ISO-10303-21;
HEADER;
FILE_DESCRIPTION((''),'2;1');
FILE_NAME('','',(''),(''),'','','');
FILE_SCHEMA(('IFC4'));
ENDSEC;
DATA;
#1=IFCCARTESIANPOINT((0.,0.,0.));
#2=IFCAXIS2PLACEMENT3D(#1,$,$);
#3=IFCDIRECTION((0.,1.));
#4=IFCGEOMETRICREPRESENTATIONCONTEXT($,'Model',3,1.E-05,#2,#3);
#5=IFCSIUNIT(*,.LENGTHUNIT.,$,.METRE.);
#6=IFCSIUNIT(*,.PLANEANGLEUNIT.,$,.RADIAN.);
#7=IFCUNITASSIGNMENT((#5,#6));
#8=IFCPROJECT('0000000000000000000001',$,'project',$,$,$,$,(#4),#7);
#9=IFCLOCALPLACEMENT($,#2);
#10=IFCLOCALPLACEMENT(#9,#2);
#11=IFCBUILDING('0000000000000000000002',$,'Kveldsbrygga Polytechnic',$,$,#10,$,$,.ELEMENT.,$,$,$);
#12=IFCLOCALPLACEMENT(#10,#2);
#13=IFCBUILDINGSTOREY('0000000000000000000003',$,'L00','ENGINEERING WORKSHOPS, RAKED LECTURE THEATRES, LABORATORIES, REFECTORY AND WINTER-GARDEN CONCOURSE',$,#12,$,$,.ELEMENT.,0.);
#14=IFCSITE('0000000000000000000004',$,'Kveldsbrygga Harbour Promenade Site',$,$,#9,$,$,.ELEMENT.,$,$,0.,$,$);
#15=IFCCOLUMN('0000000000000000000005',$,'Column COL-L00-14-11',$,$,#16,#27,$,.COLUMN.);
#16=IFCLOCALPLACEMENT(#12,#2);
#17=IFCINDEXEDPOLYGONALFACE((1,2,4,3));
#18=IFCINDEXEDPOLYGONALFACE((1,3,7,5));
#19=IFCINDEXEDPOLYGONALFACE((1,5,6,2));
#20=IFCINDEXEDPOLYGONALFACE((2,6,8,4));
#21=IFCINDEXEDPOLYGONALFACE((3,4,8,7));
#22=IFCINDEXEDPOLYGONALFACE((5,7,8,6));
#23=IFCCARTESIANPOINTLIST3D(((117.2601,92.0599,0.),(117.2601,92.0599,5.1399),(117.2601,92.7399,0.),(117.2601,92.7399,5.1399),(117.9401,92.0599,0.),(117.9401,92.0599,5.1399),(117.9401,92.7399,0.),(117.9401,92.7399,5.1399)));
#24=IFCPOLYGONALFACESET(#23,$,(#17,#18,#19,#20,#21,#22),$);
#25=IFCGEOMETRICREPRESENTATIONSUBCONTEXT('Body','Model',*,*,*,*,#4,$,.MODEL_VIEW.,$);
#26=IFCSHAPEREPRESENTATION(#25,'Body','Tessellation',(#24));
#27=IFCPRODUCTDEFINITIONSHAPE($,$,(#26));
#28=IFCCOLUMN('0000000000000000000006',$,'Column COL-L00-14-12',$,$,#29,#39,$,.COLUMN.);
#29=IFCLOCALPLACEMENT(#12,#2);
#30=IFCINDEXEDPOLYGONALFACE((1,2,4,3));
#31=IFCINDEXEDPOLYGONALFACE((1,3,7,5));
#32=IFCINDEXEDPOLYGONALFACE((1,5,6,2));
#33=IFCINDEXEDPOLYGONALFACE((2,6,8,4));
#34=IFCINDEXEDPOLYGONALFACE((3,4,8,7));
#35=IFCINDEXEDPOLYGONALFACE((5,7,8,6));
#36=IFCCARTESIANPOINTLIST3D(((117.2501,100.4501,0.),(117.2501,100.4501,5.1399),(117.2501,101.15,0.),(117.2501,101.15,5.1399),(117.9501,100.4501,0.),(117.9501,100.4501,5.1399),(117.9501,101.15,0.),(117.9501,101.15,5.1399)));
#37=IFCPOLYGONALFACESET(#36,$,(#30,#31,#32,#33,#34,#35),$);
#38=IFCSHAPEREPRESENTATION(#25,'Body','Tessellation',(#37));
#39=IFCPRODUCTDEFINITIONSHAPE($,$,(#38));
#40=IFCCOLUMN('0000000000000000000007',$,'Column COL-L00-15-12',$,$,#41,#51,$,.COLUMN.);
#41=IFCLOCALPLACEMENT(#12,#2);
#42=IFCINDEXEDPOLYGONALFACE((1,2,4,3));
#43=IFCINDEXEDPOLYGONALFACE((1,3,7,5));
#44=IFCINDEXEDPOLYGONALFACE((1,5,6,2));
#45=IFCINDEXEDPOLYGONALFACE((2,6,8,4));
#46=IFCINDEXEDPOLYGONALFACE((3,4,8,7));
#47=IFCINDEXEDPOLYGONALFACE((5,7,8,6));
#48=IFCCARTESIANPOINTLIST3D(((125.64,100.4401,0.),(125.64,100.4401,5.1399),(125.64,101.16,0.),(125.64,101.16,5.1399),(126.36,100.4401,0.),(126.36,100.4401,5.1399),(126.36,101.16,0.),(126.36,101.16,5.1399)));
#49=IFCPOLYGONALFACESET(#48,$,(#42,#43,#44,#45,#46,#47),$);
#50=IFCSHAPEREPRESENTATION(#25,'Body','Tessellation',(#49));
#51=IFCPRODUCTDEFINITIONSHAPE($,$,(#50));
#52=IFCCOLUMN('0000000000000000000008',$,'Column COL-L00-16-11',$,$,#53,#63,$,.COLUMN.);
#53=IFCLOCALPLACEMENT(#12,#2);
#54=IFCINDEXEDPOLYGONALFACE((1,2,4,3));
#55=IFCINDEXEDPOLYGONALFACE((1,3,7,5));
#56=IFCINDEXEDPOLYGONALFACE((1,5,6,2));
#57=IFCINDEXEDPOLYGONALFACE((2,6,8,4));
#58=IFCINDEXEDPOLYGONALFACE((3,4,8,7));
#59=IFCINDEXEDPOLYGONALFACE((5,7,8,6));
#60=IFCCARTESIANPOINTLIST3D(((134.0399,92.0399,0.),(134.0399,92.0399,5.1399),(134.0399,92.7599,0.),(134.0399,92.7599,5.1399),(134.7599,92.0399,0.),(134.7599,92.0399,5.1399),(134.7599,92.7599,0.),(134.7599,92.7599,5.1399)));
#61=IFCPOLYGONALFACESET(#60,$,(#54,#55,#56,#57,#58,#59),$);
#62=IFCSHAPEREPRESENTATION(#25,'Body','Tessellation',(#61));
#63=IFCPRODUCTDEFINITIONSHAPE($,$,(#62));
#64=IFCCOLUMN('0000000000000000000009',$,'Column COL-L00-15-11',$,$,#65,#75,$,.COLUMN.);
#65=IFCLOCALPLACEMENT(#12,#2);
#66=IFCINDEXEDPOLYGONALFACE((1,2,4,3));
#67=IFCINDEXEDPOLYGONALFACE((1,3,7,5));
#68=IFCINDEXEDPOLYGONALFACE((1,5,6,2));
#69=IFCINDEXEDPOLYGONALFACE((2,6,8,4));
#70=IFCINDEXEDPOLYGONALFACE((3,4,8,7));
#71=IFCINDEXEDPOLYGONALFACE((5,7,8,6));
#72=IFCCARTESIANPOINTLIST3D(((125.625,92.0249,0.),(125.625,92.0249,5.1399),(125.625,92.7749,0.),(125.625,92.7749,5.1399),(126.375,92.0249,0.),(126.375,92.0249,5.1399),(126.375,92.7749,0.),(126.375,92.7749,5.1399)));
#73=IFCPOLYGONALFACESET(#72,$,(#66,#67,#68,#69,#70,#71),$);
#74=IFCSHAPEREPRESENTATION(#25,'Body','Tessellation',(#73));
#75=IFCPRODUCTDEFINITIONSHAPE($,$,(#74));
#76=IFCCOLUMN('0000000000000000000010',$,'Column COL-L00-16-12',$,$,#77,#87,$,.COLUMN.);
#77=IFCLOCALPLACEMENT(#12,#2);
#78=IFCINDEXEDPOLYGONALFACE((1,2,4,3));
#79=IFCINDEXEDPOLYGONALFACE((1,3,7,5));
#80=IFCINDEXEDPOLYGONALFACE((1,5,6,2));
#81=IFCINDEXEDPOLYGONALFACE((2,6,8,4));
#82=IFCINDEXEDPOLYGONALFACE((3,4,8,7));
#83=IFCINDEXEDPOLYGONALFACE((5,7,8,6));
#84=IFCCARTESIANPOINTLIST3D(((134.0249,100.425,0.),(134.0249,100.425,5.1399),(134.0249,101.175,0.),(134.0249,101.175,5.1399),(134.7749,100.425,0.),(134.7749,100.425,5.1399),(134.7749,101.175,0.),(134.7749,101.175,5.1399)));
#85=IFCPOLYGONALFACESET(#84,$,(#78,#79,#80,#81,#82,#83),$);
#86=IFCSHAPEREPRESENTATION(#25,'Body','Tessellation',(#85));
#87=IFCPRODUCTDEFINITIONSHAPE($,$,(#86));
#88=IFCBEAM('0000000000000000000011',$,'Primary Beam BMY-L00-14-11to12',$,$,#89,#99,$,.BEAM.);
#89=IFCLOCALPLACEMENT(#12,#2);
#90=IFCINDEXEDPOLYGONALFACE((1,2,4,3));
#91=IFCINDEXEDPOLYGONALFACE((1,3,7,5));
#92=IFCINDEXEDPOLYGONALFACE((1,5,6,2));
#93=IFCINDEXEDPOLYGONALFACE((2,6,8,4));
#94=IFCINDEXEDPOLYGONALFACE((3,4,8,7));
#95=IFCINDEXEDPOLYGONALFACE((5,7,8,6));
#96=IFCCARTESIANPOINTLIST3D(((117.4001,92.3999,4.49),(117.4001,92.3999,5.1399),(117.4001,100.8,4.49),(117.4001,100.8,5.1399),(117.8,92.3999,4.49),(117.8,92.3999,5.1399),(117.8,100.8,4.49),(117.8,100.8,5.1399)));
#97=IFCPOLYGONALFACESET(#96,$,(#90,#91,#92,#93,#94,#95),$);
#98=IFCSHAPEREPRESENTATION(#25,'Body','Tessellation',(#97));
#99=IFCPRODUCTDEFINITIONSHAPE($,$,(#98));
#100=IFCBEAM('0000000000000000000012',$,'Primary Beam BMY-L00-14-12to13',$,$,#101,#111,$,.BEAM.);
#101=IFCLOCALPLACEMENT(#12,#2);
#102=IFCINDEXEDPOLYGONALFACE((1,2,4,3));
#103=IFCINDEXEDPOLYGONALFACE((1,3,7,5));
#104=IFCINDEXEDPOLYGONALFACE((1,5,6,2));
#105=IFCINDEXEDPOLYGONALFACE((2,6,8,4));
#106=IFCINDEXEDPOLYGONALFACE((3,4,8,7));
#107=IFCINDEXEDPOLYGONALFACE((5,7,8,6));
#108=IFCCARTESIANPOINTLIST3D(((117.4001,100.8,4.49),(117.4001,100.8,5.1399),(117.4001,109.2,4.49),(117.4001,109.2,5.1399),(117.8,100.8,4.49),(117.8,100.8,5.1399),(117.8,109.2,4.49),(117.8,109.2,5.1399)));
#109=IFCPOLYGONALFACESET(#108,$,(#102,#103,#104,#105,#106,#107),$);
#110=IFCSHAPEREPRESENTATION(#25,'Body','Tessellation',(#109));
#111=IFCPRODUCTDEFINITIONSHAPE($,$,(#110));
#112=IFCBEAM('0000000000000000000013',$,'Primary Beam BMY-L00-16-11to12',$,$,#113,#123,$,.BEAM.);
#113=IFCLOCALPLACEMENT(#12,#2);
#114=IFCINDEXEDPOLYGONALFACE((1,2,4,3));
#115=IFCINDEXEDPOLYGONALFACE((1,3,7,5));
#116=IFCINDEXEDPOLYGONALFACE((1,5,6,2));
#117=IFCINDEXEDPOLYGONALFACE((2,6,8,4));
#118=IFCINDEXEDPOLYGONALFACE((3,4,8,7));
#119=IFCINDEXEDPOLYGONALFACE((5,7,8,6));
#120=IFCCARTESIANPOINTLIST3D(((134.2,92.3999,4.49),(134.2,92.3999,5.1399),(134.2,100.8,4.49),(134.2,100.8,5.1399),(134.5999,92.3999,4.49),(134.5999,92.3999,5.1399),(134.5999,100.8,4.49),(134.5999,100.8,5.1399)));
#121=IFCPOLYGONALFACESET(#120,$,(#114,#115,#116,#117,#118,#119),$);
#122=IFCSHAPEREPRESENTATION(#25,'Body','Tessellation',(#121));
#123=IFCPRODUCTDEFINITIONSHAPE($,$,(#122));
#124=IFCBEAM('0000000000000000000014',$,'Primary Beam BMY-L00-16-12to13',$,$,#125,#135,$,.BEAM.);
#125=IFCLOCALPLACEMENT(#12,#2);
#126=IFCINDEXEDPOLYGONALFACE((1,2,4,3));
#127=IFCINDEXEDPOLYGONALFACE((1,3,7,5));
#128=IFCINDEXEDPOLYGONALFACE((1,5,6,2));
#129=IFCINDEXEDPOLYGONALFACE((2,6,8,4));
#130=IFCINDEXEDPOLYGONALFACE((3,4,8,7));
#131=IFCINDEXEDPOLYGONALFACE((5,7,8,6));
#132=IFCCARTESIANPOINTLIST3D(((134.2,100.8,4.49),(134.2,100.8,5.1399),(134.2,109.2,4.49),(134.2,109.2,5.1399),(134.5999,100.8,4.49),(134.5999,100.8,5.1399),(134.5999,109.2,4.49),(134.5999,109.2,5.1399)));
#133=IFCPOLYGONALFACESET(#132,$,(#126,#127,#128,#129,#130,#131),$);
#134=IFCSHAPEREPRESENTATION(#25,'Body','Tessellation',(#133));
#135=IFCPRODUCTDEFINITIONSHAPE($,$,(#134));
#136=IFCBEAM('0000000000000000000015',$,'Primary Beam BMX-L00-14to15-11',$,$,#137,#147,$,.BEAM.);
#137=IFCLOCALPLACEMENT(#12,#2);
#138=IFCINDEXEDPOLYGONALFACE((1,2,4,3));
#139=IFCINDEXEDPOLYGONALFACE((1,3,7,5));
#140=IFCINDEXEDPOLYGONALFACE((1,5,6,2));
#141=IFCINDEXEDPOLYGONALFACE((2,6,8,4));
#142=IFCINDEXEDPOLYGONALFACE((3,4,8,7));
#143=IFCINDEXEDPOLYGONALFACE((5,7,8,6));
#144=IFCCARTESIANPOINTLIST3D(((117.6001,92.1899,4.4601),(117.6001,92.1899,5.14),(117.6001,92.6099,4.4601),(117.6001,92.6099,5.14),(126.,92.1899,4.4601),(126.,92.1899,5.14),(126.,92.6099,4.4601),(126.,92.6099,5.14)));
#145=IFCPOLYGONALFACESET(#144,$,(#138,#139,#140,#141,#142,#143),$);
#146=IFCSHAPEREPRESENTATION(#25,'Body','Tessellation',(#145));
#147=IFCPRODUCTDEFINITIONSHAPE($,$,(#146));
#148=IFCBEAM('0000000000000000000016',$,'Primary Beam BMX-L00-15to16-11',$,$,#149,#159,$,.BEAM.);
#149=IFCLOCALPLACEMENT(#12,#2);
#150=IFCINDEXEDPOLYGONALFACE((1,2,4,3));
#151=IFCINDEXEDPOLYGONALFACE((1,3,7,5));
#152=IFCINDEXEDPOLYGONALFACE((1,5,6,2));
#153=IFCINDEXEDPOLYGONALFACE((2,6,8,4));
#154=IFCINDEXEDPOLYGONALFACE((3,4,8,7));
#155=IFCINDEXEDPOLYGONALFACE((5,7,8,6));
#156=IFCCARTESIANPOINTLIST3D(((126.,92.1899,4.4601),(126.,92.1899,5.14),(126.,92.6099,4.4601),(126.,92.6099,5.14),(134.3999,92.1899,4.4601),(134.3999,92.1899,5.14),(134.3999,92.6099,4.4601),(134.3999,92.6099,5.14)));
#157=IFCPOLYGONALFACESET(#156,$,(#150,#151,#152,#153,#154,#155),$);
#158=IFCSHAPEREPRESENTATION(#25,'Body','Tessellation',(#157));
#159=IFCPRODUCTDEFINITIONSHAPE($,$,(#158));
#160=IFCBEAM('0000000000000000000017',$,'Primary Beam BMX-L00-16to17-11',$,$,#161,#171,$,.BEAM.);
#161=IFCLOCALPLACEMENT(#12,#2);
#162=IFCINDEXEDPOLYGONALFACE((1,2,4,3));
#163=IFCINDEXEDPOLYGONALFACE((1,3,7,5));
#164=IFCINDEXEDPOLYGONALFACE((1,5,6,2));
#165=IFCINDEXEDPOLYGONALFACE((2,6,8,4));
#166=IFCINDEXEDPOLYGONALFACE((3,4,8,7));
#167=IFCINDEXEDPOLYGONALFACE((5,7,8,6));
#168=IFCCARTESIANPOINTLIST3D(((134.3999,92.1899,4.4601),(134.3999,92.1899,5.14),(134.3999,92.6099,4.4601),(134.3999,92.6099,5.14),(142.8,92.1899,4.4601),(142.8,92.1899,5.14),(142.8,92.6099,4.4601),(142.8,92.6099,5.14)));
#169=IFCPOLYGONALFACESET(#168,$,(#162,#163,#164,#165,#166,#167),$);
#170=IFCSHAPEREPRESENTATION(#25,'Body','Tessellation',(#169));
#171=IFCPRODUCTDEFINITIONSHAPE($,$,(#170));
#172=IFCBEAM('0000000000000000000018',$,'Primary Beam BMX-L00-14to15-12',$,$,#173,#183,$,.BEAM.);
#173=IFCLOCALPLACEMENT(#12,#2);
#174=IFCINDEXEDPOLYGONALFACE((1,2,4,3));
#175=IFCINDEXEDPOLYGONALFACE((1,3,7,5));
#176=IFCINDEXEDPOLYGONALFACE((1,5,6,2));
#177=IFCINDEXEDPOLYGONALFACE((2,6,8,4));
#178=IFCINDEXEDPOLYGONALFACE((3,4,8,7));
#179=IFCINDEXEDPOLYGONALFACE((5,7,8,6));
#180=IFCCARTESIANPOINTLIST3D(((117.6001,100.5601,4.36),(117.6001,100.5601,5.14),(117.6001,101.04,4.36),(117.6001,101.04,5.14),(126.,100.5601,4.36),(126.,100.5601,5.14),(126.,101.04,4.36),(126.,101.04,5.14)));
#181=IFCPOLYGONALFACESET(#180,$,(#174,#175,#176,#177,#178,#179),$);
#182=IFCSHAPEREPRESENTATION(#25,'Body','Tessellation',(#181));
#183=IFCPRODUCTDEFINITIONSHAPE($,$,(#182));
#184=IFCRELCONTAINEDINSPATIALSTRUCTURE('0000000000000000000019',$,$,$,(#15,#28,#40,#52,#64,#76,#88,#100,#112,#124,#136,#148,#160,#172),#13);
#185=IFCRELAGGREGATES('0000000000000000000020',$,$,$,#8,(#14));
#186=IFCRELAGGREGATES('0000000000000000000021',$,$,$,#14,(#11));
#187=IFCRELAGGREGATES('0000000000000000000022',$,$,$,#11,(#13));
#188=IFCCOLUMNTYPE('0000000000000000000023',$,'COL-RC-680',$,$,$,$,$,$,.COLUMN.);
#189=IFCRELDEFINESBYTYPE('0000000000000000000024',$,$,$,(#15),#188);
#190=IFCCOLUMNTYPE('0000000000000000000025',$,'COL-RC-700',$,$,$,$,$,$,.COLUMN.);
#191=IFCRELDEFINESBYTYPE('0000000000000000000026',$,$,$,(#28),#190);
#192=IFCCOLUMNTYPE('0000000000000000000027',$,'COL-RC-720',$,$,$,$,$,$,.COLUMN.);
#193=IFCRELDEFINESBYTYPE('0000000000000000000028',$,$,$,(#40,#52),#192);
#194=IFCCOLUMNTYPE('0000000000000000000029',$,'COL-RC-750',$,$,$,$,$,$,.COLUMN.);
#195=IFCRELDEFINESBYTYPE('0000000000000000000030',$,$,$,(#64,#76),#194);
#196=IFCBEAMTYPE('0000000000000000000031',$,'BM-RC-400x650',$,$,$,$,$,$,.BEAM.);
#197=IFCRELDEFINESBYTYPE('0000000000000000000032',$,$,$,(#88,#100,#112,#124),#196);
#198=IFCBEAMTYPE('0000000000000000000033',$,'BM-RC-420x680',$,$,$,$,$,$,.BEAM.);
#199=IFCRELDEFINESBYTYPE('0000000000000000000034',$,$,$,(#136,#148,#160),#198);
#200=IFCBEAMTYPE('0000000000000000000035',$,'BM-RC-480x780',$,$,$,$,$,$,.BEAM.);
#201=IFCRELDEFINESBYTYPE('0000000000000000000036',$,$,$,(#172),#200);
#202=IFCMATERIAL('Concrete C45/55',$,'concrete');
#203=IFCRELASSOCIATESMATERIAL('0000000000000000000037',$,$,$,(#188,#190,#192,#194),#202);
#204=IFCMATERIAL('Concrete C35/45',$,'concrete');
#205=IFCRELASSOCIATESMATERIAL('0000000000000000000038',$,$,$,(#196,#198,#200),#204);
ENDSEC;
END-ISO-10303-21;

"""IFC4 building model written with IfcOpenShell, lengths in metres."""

from ifc_helpers import new_model, si_unit, direction, frame, origin, origin_2d, place, context, subcontext, project, spatial, rectangle, extrude, material, material_profile, profile_set, type_object, element, save


model = new_model("IFC4")

# Units and contexts
model_context = context("Model", 3, precision=1e-05, world=origin(), true_north=direction((0.0, 1.0)))
body_context = subcontext(model_context, "Body", "Model", "MODEL_VIEW")
ifc_project = project(units=[si_unit("LENGTHUNIT", "METRE"), si_unit("PLANEANGLEUNIT", "RADIAN")], contexts=[model_context])

# Site, building, storey
site_placement = place(None, origin())
site = spatial("IfcSite", under=ifc_project, at=site_placement, Name="Kveldsbrygga Harbour Promenade Site", CompositionType="ELEMENT", RefElevation=0.0)
building_placement = place(site_placement, origin())
building = spatial("IfcBuilding", under=site, at=building_placement, Name="Kveldsbrygga Polytechnic", CompositionType="ELEMENT")
storey_placement = place(building_placement, origin())
storey = spatial("IfcBuildingStorey", under=building, at=storey_placement, Name="L00", Description="ENGINEERING WORKSHOPS, RAKED LECTURE THEATRES, LABORATORIES, REFECTORY AND WINTER-GARDEN CONCOURSE", CompositionType="ELEMENT", Elevation=0.0)

# Columns
ifc_material_1 = material(Name="Concrete C45/55", Category="concrete")
ifc_material_profile_1 = material_profile(ifc_material_1, rectangle(XDim=0.6799, YDim=0.6799, at=origin_2d()), Name="RC 680x680")
ifc_profile_set_1 = profile_set([ifc_material_profile_1], Name="Concrete C45/55")
column_type_1 = type_object("IfcColumnType", Name="COL-RC-680", PredefinedType="COLUMN", material=ifc_profile_set_1)
column_1_placement = place(storey_placement, frame((117.6001, 92.3999, 0.0), z_axis=(0.0, 0.0, 1.0), x_axis=(1.0, 0.0, 0.0)))
element("IfcColumn", 1, at=column_1_placement, inside=storey, type_object=column_type_1, Name="Column COL-L00-14-11", PredefinedType="COLUMN", context=body_context, shape_type="SweptSolid", body=[
    extrude(rectangle(XDim=0.6799, YDim=0.6799, at=origin_2d()), origin(), (0.0, 0.0, 1.0), 5.1399),
])
ifc_material_profile_2 = material_profile(ifc_material_1, rectangle(XDim=0.7, YDim=0.7, at=origin_2d()), Name="RC 700x700")
ifc_profile_set_2 = profile_set([ifc_material_profile_2], Name="Concrete C45/55")
column_type_2 = type_object("IfcColumnType", Name="COL-RC-700", PredefinedType="COLUMN", material=ifc_profile_set_2)
column_2_placement = place(storey_placement, frame((117.6001, 100.8, 0.0), z_axis=(0.0, 0.0, 1.0), x_axis=(1.0, 0.0, 0.0)))
element("IfcColumn", 2, at=column_2_placement, inside=storey, type_object=column_type_2, Name="Column COL-L00-14-12", PredefinedType="COLUMN", context=body_context, shape_type="SweptSolid", body=[
    extrude(rectangle(XDim=0.7, YDim=0.7, at=origin_2d()), origin(), (0.0, 0.0, 1.0), 5.1399),
])
ifc_material_profile_3 = material_profile(ifc_material_1, rectangle(XDim=0.72, YDim=0.72, at=origin_2d()), Name="RC 720x720")
ifc_profile_set_3 = profile_set([ifc_material_profile_3], Name="Concrete C45/55")
column_type_3 = type_object("IfcColumnType", Name="COL-RC-720", PredefinedType="COLUMN", material=ifc_profile_set_3)
for number, where, z_axis, x_axis, name in (
    (3, (126.0, 100.8, 0.0), (0.0, 0.0, 1.0), (1.0, 0.0, 0.0), "Column COL-L00-15-12"),
    (4, (134.3999, 92.3999, 0.0), (0.0, 0.0, 1.0), (1.0, 0.0, 0.0), "Column COL-L00-16-11"),
):
    element("IfcColumn", number, at=place(storey_placement, frame(where, z_axis=z_axis, x_axis=x_axis)), inside=storey, type_object=column_type_3, Name=name, PredefinedType="COLUMN", context=body_context, shape_type="SweptSolid", body=[
        extrude(rectangle(XDim=0.72, YDim=0.72, at=origin_2d()), origin(), (0.0, 0.0, 1.0), 5.1399),
    ])
ifc_material_profile_4 = material_profile(ifc_material_1, rectangle(XDim=0.75, YDim=0.75, at=origin_2d()), Name="RC 750x750")
ifc_profile_set_4 = profile_set([ifc_material_profile_4], Name="Concrete C45/55")
column_type_4 = type_object("IfcColumnType", Name="COL-RC-750", PredefinedType="COLUMN", material=ifc_profile_set_4)
for number, where, z_axis, x_axis, name in (
    (5, (126.0, 92.3999, 0.0), (0.0, 0.0, 1.0), (1.0, 0.0, 0.0), "Column COL-L00-15-11"),
    (6, (134.3999, 100.8, 0.0), (0.0, 0.0, 1.0), (1.0, 0.0, 0.0), "Column COL-L00-16-12"),
):
    element("IfcColumn", number, at=place(storey_placement, frame(where, z_axis=z_axis, x_axis=x_axis)), inside=storey, type_object=column_type_4, Name=name, PredefinedType="COLUMN", context=body_context, shape_type="SweptSolid", body=[
        extrude(rectangle(XDim=0.75, YDim=0.75, at=origin_2d()), origin(), (0.0, 0.0, 1.0), 5.1399),
    ])

# Beams
ifc_material_2 = material(Name="Concrete C35/45", Category="concrete")
ifc_material_profile_5 = material_profile(ifc_material_2, rectangle(XDim=0.3999, YDim=0.6499, at=origin_2d()), Name="RC 400x650")
ifc_profile_set_5 = profile_set([ifc_material_profile_5], Name="Concrete C35/45")
beam_type_1 = type_object("IfcBeamType", Name="BM-RC-400x650", PredefinedType="BEAM", material=ifc_profile_set_5)
beam_1_placement = place(storey_placement, frame((117.6001, 92.3999, 4.8149), z_axis=(0.0, 1.0, 0.0), x_axis=(-1.0, 0.0, 0.0)))
element("IfcBeam", 7, at=beam_1_placement, inside=storey, type_object=beam_type_1, Name="Primary Beam BMY-L00-14-11to12", PredefinedType="BEAM", context=body_context, shape_type="SweptSolid", body=[
    extrude(rectangle(XDim=0.3999, YDim=0.6499, at=origin_2d()), origin(), (0.0, 0.0, 1.0), 8.4001),
])
beam_2_placement = place(storey_placement, frame((117.6001, 100.8, 4.8149), z_axis=(0.0, 1.0, 0.0), x_axis=(-1.0, 0.0, 0.0)))
element("IfcBeam", 8, at=beam_2_placement, inside=storey, type_object=beam_type_1, Name="Primary Beam BMY-L00-14-12to13", PredefinedType="BEAM", context=body_context, shape_type="SweptSolid", body=[
    extrude(rectangle(XDim=0.3999, YDim=0.6499, at=origin_2d()), origin(), (0.0, 0.0, 1.0), 8.3999),
])
beam_3_placement = place(storey_placement, frame((134.3999, 92.3999, 4.8149), z_axis=(0.0, 1.0, 0.0), x_axis=(-1.0, 0.0, 0.0)))
element("IfcBeam", 9, at=beam_3_placement, inside=storey, type_object=beam_type_1, Name="Primary Beam BMY-L00-16-11to12", PredefinedType="BEAM", context=body_context, shape_type="SweptSolid", body=[
    extrude(rectangle(XDim=0.3999, YDim=0.6499, at=origin_2d()), origin(), (0.0, 0.0, 1.0), 8.4001),
])
beam_4_placement = place(storey_placement, frame((134.3999, 100.8, 4.8149), z_axis=(0.0, 1.0, 0.0), x_axis=(-1.0, 0.0, 0.0)))
element("IfcBeam", 10, at=beam_4_placement, inside=storey, type_object=beam_type_1, Name="Primary Beam BMY-L00-16-12to13", PredefinedType="BEAM", context=body_context, shape_type="SweptSolid", body=[
    extrude(rectangle(XDim=0.3999, YDim=0.6499, at=origin_2d()), origin(), (0.0, 0.0, 1.0), 8.3999),
])
ifc_material_profile_6 = material_profile(ifc_material_2, rectangle(XDim=0.4199, YDim=0.6799, at=origin_2d()), Name="RC 420x680")
ifc_profile_set_6 = profile_set([ifc_material_profile_6], Name="Concrete C35/45")
beam_type_2 = type_object("IfcBeamType", Name="BM-RC-420x680", PredefinedType="BEAM", material=ifc_profile_set_6)
for number, where, z_axis, x_axis, name in (
    (11, (117.6001, 92.3999, 4.8), (1.0, 0.0, 0.0), (0.0, 1.0, 0.0), "Primary Beam BMX-L00-14to15-11"),
    (12, (126.0, 92.3999, 4.8), (1.0, 0.0, 0.0), (0.0, 1.0, 0.0), "Primary Beam BMX-L00-15to16-11"),
):
    element("IfcBeam", number, at=place(storey_placement, frame(where, z_axis=z_axis, x_axis=x_axis)), inside=storey, type_object=beam_type_2, Name=name, PredefinedType="BEAM", context=body_context, shape_type="SweptSolid", body=[
        extrude(rectangle(XDim=0.4199, YDim=0.6799, at=origin_2d()), origin(), (0.0, 0.0, 1.0), 8.3999),
    ])
beam_5_placement = place(storey_placement, frame((134.3999, 92.3999, 4.8), z_axis=(1.0, 0.0, 0.0), x_axis=(0.0, 1.0, 0.0)))
element("IfcBeam", 13, at=beam_5_placement, inside=storey, type_object=beam_type_2, Name="Primary Beam BMX-L00-16to17-11", PredefinedType="BEAM", context=body_context, shape_type="SweptSolid", body=[
    extrude(rectangle(XDim=0.4199, YDim=0.6799, at=origin_2d()), origin(), (0.0, 0.0, 1.0), 8.4001),
])
ifc_material_profile_7 = material_profile(ifc_material_2, rectangle(XDim=0.48, YDim=0.78, at=origin_2d()), Name="RC 480x780")
ifc_profile_set_7 = profile_set([ifc_material_profile_7], Name="Concrete C35/45")
beam_type_3 = type_object("IfcBeamType", Name="BM-RC-480x780", PredefinedType="BEAM", material=ifc_profile_set_7)
for number, where, z_axis, x_axis, name in (
    (14, (117.6001, 100.8, 4.75), (1.0, 0.0, 0.0), (0.0, 1.0, 0.0), "Primary Beam BMX-L00-14to15-12"),
):
    element("IfcBeam", number, at=place(storey_placement, frame(where, z_axis=z_axis, x_axis=x_axis)), inside=storey, type_object=beam_type_3, Name=name, PredefinedType="BEAM", context=body_context, shape_type="SweptSolid", body=[
        extrude(rectangle(XDim=0.48, YDim=0.78, at=origin_2d()), origin(), (0.0, 0.0, 1.0), 8.3999),
    ])

save(model, "model.ifc")
